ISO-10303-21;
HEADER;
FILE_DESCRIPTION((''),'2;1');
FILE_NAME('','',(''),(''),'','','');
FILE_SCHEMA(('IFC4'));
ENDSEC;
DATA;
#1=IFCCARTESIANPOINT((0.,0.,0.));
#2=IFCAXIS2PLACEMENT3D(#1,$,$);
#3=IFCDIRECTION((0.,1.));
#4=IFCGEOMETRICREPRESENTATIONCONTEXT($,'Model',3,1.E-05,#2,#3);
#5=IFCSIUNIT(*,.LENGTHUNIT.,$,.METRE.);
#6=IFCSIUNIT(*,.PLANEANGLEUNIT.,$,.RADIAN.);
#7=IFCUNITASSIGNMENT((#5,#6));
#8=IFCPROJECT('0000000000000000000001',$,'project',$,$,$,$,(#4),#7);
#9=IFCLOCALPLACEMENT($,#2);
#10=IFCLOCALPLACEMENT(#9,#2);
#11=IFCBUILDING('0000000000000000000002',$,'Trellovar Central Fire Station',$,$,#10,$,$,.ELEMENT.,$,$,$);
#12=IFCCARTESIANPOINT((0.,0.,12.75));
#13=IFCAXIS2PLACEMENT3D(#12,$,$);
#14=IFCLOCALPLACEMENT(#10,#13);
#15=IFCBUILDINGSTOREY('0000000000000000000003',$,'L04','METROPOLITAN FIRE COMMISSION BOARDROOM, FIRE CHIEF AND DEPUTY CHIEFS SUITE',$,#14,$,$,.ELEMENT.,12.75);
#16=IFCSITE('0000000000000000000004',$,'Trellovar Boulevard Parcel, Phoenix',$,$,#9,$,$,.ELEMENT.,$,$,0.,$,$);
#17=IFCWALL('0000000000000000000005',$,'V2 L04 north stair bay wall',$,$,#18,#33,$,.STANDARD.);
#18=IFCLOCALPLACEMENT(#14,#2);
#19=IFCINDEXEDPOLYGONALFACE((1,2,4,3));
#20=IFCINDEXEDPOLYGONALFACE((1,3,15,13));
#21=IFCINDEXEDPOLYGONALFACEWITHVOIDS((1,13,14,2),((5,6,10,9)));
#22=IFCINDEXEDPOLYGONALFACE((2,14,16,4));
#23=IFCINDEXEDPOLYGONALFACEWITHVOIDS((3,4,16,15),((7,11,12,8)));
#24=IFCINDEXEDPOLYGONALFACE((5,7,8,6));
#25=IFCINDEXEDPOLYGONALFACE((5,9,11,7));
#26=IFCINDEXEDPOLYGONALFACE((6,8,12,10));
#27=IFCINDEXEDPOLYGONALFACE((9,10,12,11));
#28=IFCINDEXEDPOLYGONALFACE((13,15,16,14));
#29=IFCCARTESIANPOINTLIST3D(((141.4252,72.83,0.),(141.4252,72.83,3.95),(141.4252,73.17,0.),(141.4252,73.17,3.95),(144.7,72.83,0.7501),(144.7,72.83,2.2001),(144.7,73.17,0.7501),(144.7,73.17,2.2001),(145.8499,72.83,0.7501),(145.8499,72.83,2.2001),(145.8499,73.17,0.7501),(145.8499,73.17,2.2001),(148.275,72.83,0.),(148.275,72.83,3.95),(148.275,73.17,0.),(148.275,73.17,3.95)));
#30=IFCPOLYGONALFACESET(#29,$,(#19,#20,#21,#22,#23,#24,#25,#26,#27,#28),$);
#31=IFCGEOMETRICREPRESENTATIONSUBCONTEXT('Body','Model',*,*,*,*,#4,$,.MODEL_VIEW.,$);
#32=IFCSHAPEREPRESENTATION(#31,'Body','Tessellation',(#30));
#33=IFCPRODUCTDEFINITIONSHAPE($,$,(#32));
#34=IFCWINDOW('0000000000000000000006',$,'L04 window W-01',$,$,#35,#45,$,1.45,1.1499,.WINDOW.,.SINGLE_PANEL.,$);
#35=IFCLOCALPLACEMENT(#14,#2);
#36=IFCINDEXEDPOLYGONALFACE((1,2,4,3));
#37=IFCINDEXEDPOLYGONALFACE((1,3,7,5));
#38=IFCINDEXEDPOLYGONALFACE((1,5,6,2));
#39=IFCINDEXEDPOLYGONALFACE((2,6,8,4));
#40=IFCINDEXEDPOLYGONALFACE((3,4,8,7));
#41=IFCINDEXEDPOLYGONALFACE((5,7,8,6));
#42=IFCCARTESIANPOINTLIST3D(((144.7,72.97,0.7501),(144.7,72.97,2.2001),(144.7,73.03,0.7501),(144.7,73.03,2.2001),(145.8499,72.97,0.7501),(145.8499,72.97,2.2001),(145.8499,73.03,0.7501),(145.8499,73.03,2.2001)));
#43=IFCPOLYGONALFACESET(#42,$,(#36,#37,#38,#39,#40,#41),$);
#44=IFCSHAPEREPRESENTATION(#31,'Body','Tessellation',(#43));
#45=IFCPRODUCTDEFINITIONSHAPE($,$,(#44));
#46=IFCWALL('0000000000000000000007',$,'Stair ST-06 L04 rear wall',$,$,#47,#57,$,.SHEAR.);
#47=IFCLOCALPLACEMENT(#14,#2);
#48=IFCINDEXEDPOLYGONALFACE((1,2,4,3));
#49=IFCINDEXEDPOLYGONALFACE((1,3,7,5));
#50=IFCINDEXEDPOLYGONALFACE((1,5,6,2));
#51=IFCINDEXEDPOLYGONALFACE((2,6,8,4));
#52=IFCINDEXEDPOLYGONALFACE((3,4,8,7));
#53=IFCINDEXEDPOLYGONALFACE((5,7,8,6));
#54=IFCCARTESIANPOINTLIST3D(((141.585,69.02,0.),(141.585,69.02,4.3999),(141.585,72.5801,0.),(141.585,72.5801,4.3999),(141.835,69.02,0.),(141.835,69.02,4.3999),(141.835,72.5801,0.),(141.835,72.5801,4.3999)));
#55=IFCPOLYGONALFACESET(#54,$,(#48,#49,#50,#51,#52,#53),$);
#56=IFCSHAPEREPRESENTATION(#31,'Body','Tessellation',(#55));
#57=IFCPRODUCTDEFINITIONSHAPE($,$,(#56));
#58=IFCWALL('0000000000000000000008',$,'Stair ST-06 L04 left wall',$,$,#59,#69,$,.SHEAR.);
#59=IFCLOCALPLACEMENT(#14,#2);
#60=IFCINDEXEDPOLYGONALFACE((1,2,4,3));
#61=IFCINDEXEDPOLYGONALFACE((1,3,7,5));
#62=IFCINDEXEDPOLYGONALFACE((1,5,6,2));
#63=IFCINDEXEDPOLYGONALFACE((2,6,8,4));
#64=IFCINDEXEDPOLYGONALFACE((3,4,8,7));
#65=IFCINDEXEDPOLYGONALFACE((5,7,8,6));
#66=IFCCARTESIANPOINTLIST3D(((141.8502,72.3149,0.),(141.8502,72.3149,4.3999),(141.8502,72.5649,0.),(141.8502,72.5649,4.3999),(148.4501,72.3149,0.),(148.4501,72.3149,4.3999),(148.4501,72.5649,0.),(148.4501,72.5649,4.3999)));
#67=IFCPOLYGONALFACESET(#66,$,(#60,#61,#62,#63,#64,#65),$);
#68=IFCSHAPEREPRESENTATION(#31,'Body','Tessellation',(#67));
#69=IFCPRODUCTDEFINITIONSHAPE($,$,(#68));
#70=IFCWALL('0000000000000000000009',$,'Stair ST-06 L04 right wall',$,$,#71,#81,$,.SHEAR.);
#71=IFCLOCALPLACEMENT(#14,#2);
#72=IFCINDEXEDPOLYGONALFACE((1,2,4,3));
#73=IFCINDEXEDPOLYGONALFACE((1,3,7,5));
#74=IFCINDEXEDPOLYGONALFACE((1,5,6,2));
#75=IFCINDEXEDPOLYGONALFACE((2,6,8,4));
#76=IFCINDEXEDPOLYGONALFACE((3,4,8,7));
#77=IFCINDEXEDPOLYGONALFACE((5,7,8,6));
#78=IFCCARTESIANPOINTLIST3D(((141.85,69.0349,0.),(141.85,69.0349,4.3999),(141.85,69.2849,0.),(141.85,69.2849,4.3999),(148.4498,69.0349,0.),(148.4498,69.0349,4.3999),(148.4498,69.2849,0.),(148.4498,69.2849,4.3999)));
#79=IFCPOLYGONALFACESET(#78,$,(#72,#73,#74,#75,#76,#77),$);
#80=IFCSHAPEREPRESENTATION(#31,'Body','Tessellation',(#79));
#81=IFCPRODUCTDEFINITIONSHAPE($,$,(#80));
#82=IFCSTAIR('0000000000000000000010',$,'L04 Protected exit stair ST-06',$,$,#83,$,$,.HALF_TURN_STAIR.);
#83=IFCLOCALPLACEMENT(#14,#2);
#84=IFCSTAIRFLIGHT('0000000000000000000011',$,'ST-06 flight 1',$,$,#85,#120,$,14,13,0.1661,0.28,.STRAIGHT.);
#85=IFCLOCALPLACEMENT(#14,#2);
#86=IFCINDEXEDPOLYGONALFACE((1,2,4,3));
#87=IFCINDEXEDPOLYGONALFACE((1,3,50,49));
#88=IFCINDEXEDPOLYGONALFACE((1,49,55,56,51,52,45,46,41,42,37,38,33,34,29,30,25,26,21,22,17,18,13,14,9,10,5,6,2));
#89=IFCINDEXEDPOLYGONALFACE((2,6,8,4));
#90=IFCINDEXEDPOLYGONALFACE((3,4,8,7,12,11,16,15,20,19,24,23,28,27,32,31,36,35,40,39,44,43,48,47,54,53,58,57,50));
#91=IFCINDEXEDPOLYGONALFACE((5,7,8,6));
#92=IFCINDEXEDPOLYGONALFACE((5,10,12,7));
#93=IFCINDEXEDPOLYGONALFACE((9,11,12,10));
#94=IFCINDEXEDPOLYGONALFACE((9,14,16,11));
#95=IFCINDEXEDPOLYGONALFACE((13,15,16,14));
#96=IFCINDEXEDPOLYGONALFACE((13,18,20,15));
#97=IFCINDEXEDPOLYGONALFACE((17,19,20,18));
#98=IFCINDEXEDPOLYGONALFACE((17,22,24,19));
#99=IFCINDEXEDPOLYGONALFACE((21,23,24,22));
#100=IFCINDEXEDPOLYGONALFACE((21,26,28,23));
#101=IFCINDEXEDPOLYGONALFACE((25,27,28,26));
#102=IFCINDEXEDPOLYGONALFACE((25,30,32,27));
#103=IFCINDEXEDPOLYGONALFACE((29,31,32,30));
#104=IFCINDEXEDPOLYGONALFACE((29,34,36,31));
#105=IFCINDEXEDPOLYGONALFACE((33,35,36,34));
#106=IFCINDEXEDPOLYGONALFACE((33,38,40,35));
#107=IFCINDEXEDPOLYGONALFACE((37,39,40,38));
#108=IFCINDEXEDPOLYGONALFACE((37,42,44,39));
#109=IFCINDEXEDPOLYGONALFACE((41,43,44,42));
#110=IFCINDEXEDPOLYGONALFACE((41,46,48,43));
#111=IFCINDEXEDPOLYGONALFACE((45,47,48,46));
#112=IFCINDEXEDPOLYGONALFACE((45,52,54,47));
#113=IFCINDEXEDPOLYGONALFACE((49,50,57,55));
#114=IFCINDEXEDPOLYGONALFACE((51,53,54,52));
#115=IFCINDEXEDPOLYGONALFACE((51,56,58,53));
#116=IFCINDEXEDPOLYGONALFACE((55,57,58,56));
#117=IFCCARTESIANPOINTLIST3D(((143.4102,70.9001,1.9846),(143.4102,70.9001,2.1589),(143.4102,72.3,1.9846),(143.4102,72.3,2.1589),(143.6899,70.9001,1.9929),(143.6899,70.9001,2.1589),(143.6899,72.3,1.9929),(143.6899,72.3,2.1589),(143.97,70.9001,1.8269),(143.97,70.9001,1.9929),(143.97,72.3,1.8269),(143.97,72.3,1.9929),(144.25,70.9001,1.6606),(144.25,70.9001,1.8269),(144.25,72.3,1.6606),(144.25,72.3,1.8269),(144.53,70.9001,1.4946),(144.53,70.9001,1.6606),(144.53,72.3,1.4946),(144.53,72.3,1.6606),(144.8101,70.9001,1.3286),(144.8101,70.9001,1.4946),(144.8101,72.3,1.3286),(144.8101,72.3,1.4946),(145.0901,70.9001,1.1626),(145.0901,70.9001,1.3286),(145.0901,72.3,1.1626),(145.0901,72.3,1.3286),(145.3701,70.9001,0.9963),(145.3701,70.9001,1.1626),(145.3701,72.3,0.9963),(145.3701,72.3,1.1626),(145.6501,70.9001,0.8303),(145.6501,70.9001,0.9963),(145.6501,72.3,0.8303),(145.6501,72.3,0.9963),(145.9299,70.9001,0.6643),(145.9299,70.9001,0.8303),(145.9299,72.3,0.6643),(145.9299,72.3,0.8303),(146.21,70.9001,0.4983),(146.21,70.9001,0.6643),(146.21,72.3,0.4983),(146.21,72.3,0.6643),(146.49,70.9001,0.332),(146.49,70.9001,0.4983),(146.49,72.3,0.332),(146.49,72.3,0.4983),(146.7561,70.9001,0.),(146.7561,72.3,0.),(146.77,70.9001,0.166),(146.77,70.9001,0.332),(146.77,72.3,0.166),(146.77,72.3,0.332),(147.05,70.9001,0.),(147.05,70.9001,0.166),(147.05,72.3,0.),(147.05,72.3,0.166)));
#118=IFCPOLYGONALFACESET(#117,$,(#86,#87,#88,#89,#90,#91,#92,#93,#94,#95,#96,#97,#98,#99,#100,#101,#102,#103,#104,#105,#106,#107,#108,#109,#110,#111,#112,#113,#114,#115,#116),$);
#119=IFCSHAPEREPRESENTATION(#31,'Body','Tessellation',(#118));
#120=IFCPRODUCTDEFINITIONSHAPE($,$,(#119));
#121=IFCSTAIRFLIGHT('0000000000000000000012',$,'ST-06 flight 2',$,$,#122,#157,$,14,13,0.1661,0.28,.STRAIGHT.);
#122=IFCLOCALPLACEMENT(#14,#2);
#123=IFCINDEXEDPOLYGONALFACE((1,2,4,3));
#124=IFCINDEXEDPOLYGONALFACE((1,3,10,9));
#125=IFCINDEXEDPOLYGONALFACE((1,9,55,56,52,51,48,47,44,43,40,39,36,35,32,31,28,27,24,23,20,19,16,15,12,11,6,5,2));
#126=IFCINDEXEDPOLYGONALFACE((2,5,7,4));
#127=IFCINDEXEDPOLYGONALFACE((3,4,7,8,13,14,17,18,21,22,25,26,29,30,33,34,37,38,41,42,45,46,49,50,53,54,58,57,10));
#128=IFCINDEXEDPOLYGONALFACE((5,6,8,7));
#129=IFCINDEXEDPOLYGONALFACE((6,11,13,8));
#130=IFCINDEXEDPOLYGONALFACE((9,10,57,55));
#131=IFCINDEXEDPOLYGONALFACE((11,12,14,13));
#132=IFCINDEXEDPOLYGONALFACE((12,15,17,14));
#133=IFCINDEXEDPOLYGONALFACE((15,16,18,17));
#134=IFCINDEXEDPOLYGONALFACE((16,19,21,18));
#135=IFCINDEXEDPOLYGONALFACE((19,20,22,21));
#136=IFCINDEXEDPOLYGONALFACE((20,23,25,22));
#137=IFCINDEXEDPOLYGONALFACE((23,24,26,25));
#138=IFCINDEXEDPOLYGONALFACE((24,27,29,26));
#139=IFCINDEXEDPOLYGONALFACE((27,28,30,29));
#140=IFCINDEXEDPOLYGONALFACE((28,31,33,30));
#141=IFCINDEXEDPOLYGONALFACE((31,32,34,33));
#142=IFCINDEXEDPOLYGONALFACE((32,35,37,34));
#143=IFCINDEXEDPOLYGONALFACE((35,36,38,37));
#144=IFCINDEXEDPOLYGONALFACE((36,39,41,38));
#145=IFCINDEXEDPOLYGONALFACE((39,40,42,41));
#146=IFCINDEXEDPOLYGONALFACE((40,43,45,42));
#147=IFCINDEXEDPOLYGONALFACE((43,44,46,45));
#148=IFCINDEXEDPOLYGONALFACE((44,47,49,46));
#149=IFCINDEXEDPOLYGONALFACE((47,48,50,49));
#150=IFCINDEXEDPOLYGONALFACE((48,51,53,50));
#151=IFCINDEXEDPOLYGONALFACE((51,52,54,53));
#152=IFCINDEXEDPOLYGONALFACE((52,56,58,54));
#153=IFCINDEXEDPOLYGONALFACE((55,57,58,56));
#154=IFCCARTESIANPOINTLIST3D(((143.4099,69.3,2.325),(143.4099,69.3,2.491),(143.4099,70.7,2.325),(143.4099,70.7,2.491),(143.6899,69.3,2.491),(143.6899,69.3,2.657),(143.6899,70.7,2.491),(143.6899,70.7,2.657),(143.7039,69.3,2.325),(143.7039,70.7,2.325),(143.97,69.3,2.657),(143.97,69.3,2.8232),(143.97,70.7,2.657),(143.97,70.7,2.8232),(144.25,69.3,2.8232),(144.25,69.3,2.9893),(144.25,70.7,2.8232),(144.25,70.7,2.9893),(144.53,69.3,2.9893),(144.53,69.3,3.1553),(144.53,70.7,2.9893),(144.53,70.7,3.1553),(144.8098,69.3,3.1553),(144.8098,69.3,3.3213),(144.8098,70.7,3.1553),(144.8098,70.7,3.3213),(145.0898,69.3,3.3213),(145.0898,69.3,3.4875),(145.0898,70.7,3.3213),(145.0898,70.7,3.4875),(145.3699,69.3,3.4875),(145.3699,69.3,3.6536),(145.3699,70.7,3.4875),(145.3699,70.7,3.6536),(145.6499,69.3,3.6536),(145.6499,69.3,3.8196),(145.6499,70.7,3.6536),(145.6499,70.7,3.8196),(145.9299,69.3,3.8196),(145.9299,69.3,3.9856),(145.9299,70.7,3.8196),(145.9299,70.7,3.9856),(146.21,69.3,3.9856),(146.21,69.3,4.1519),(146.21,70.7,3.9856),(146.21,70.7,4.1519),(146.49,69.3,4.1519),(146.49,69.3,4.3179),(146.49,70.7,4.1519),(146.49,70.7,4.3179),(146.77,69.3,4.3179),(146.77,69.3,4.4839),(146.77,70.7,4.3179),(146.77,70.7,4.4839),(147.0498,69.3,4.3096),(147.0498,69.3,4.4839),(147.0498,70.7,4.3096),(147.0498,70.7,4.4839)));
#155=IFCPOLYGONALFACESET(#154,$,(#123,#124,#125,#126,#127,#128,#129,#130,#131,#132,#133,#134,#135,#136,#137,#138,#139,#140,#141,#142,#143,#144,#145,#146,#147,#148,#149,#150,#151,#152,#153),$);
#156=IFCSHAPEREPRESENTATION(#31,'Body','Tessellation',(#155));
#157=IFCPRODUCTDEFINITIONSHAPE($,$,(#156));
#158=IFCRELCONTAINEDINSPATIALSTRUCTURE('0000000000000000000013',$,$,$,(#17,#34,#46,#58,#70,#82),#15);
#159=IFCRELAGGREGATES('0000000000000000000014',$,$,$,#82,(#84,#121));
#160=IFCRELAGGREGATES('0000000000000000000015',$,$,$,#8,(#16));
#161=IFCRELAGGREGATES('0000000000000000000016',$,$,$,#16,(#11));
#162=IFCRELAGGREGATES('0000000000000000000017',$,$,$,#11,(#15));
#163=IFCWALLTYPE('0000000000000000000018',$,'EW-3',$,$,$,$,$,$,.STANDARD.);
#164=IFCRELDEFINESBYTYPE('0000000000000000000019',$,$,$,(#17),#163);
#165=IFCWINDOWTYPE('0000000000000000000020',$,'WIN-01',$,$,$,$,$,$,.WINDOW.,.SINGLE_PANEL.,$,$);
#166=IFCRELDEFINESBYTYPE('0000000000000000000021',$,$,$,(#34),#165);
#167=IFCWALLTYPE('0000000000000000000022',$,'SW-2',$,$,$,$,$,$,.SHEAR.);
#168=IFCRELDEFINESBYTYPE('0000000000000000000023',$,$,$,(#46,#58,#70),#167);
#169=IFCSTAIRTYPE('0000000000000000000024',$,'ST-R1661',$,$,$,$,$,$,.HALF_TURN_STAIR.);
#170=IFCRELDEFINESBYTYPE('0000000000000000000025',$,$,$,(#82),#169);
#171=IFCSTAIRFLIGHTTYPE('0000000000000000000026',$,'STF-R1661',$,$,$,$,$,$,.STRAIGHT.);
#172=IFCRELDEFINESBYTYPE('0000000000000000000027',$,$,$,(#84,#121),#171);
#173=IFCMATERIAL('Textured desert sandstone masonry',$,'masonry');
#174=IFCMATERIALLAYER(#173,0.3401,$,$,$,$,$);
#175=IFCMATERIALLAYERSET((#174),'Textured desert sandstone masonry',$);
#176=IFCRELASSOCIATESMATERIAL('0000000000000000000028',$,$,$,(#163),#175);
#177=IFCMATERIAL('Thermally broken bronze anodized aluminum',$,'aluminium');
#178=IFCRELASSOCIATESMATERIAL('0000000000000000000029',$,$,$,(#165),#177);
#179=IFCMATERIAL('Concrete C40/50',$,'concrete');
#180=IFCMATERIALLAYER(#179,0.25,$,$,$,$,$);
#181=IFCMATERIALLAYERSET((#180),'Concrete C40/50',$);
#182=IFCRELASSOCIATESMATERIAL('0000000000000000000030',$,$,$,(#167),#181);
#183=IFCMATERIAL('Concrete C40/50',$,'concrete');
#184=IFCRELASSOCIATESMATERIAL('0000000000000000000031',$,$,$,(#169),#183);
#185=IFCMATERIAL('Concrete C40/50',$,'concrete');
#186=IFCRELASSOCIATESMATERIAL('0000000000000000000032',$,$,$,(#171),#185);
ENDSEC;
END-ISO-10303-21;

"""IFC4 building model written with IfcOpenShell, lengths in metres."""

from ifc_helpers import new_model, si_unit, direction, frame, frame_2d, origin, place, context, subcontext, project, spatial, polyline, rectangle, outline, extrude, material, layer, layer_set, type_object, element, fill, aggregate, save


model = new_model("IFC4")

# Units and contexts
model_context = context("Model", 3, precision=1e-05, world=origin(), true_north=direction((0.0, 1.0)))
body_context = subcontext(model_context, "Body", "Model", "MODEL_VIEW")
ifc_project = project(units=[si_unit("LENGTHUNIT", "METRE"), si_unit("PLANEANGLEUNIT", "RADIAN")], contexts=[model_context])

# Site, building, storey
site_placement = place(None, origin())
site = spatial("IfcSite", under=ifc_project, at=site_placement, Name="Trellovar Boulevard Parcel, Phoenix", CompositionType="ELEMENT", RefElevation=0.0)
building_placement = place(site_placement, origin())
building = spatial("IfcBuilding", under=site, at=building_placement, Name="Trellovar Central Fire Station", CompositionType="ELEMENT")
storey_placement = place(building_placement, frame((0.0, 0.0, 12.75)))
storey = spatial("IfcBuildingStorey", under=building, at=storey_placement, Name="L04", Description="METROPOLITAN FIRE COMMISSION BOARDROOM, FIRE CHIEF AND DEPUTY CHIEFS SUITE", CompositionType="ELEMENT", Elevation=12.75)

# Wall, opening, window
ifc_material_1 = material(Name="Textured desert sandstone masonry", Category="masonry")
ifc_layer_1 = layer(ifc_material_1, 0.3401)
ifc_layer_set_1 = layer_set([ifc_layer_1], Name="Textured desert sandstone masonry")
wall_type_1 = type_object("IfcWallType", Name="EW-3", PredefinedType="STANDARD", material=ifc_layer_set_1)
wall_1_placement = place(storey_placement, frame((148.2749, 73.0, 0.0), z_axis=(0.0, 0.0, 1.0), x_axis=(-1.0, 0.0, 0.0)))
wall_1 = element("IfcWall", 1, at=wall_1_placement, inside=storey, type_object=wall_type_1, Name="V2 L04 north stair bay wall", PredefinedType="STANDARD", context=body_context, shape_type="SweptSolid", body=[
    extrude(rectangle(XDim=6.8499, YDim=0.3401, at=frame_2d((3.4248, 0.0))), origin(), (0.0, 0.0, 1.0), 3.95),
])
opening_placement = place(wall_1_placement, frame((2.425, 0.0, 0.75)))
opening = element("IfcOpeningElement", 2, at=opening_placement, cuts=wall_1, PredefinedType="OPENING", context=body_context, shape_type="SweptSolid", body=[
    extrude(rectangle(XDim=1.1499, YDim=1.45, at=frame_2d((0.575, 0.7251))), frame((0.0, 0.1799, 0.0), z_axis=(0.0, -1.0, 0.0), x_axis=(1.0, 0.0, 0.0)), (0.0, 0.0, 1.0), 0.3601),
])
ifc_material_2 = material(Name="Thermally broken bronze anodized aluminum", Category="aluminium")
window_type = type_object("IfcWindowType", Name="WIN-01", PartitioningType="SINGLE_PANEL", PredefinedType="WINDOW", material=ifc_material_2)
window_placement = place(opening_placement, origin())
window = element("IfcWindow", 3, at=window_placement, inside=storey, type_object=window_type, Name="L04 window W-01", OverallHeight=1.45, OverallWidth=1.1499, PartitioningType="SINGLE_PANEL", PredefinedType="WINDOW", context=body_context, shape_type="SweptSolid", body=[
    extrude(rectangle(XDim=1.1499, YDim=1.45, at=frame_2d((0.575, 0.7251))), frame((0.0, 0.03, 0.0), z_axis=(0.0, -1.0, 0.0), x_axis=(1.0, 0.0, 0.0)), (0.0, 0.0, 1.0), 0.0601),
])
fill(opening, window)

# Walls
ifc_material_3 = material(Name="Concrete C40/50", Category="concrete")
ifc_layer_2 = layer(ifc_material_3, 0.25)
ifc_layer_set_2 = layer_set([ifc_layer_2], Name="Concrete C40/50")
wall_type_2 = type_object("IfcWallType", Name="SW-2", PredefinedType="SHEAR", material=ifc_layer_set_2)
wall_2_placement = place(storey_placement, frame((141.71, 69.02, 0.0), z_axis=(0.0, 0.0, 1.0), x_axis=(0.0, 1.0, 0.0)))
element("IfcWall", 4, at=wall_2_placement, inside=storey, type_object=wall_type_2, Name="Stair ST-06 L04 rear wall", PredefinedType="SHEAR", context=body_context, shape_type="SweptSolid", body=[
    extrude(rectangle(XDim=3.5601, YDim=0.25, at=frame_2d((1.78, 0.0))), origin(), (0.0, 0.0, 1.0), 4.3999),
])
for number, where, z_axis, x_axis, name in (
    (5, (148.45, 72.4399, 0.0), (0.0, 0.0, 1.0), (-1.0, 0.0, 0.0), "Stair ST-06 L04 left wall"),
    (6, (141.8501, 69.1599, 0.0), (0.0, 0.0, 1.0), (1.0, 0.0, 0.0), "Stair ST-06 L04 right wall"),
):
    element("IfcWall", number, at=place(storey_placement, frame(where, z_axis=z_axis, x_axis=x_axis)), inside=storey, type_object=wall_type_2, Name=name, PredefinedType="SHEAR", context=body_context, shape_type="SweptSolid", body=[
        extrude(rectangle(XDim=6.5999, YDim=0.25, at=frame_2d((3.2998, 0.0))), origin(), (0.0, 0.0, 1.0), 4.3999),
    ])

# Stair, stair flights
ifc_material_4 = material(Name="Concrete C40/50", Category="concrete")
stair_type = type_object("IfcStairType", Name="ST-R1661", PredefinedType="HALF_TURN_STAIR", material=ifc_material_4)
stair_placement = place(storey_placement, origin())
stair = element("IfcStair", 7, at=stair_placement, inside=storey, type_object=stair_type, Name="L04 Protected exit stair ST-06", PredefinedType="HALF_TURN_STAIR")
ifc_material_5 = material(Name="Concrete C40/50", Category="concrete")
stair_flight_type = type_object("IfcStairFlightType", Name="STF-R1661", PredefinedType="STRAIGHT", material=ifc_material_5)
stair_flight_1_placement = place(storey_placement, frame((147.05, 71.6001, 0.0), z_axis=(0.0, 0.0, 1.0), x_axis=(-1.0, 0.0, 0.0)))
stair_flight_1 = element("IfcStairFlight", 8, at=stair_flight_1_placement, type_object=stair_flight_type, Name="ST-06 flight 1", NumberOfRisers=14, NumberOfTreads=13, PredefinedType="STRAIGHT", RiserHeight=0.1661, TreadLength=0.28, context=body_context, shape_type="SweptSolid", body=[
    extrude(outline(polyline([(0.0, 0.0), (0.0, 0.166), (0.28, 0.166), (0.28, 0.332), (0.5601, 0.332), (0.5601, 0.4983), (0.8401, 0.4983), (0.8401, 0.6643), (1.1201, 0.6643), (1.1201, 0.8303), (1.3999, 0.8303), (1.3999, 0.9963), (1.6799, 0.9963), (1.6799, 1.1626), (1.96, 1.1626), (1.96, 1.3286), (2.24, 1.3286), (2.24, 1.4946), (2.52, 1.4946), (2.52, 1.6606), (2.8, 1.6606), (2.8, 1.8269), (3.0801, 1.8269), (3.0801, 1.9929), (3.3601, 1.9929), (3.3601, 2.1589), (3.6399, 2.1589), (3.6399, 2.325), (3.6399, 1.9846), (0.2939, 0.0), (0.0, 0.0)])), frame((0.0, 0.7, 0.0), z_axis=(0.0, -1.0, 0.0), x_axis=(1.0, 0.0, 0.0)), (0.0, 0.0, 1.0), 1.3999),
])
stair_flight_2_placement = place(storey_placement, frame((143.4099, 70.0, 2.325), z_axis=(0.0, 0.0, 1.0), x_axis=(1.0, 0.0, 0.0)))
stair_flight_2 = element("IfcStairFlight", 9, at=stair_flight_2_placement, type_object=stair_flight_type, Name="ST-06 flight 2", NumberOfRisers=14, NumberOfTreads=13, PredefinedType="STRAIGHT", RiserHeight=0.1661, TreadLength=0.28, context=body_context, shape_type="SweptSolid", body=[
    extrude(outline(polyline([(0.0, 0.0), (0.0, 0.166), (0.28, 0.166), (0.28, 0.332), (0.5601, 0.332), (0.5601, 0.4983), (0.8401, 0.4983), (0.8401, 0.6643), (1.1201, 0.6643), (1.1201, 0.8303), (1.3999, 0.8303), (1.3999, 0.9963), (1.6799, 0.9963), (1.6799, 1.1626), (1.96, 1.1626), (1.96, 1.3286), (2.24, 1.3286), (2.24, 1.4946), (2.52, 1.4946), (2.52, 1.6606), (2.8, 1.6606), (2.8, 1.8269), (3.0801, 1.8269), (3.0801, 1.9929), (3.3601, 1.9929), (3.3601, 2.1589), (3.6399, 2.1589), (3.6399, 2.325), (3.6399, 1.9846), (0.2939, 0.0), (0.0, 0.0)])), frame((0.0, 0.7, 0.0), z_axis=(0.0, -1.0, 0.0), x_axis=(1.0, 0.0, 0.0)), (0.0, 0.0, 1.0), 1.3999),
])
aggregate(stair, [stair_flight_1, stair_flight_2])

save(model, "model.ifc")
